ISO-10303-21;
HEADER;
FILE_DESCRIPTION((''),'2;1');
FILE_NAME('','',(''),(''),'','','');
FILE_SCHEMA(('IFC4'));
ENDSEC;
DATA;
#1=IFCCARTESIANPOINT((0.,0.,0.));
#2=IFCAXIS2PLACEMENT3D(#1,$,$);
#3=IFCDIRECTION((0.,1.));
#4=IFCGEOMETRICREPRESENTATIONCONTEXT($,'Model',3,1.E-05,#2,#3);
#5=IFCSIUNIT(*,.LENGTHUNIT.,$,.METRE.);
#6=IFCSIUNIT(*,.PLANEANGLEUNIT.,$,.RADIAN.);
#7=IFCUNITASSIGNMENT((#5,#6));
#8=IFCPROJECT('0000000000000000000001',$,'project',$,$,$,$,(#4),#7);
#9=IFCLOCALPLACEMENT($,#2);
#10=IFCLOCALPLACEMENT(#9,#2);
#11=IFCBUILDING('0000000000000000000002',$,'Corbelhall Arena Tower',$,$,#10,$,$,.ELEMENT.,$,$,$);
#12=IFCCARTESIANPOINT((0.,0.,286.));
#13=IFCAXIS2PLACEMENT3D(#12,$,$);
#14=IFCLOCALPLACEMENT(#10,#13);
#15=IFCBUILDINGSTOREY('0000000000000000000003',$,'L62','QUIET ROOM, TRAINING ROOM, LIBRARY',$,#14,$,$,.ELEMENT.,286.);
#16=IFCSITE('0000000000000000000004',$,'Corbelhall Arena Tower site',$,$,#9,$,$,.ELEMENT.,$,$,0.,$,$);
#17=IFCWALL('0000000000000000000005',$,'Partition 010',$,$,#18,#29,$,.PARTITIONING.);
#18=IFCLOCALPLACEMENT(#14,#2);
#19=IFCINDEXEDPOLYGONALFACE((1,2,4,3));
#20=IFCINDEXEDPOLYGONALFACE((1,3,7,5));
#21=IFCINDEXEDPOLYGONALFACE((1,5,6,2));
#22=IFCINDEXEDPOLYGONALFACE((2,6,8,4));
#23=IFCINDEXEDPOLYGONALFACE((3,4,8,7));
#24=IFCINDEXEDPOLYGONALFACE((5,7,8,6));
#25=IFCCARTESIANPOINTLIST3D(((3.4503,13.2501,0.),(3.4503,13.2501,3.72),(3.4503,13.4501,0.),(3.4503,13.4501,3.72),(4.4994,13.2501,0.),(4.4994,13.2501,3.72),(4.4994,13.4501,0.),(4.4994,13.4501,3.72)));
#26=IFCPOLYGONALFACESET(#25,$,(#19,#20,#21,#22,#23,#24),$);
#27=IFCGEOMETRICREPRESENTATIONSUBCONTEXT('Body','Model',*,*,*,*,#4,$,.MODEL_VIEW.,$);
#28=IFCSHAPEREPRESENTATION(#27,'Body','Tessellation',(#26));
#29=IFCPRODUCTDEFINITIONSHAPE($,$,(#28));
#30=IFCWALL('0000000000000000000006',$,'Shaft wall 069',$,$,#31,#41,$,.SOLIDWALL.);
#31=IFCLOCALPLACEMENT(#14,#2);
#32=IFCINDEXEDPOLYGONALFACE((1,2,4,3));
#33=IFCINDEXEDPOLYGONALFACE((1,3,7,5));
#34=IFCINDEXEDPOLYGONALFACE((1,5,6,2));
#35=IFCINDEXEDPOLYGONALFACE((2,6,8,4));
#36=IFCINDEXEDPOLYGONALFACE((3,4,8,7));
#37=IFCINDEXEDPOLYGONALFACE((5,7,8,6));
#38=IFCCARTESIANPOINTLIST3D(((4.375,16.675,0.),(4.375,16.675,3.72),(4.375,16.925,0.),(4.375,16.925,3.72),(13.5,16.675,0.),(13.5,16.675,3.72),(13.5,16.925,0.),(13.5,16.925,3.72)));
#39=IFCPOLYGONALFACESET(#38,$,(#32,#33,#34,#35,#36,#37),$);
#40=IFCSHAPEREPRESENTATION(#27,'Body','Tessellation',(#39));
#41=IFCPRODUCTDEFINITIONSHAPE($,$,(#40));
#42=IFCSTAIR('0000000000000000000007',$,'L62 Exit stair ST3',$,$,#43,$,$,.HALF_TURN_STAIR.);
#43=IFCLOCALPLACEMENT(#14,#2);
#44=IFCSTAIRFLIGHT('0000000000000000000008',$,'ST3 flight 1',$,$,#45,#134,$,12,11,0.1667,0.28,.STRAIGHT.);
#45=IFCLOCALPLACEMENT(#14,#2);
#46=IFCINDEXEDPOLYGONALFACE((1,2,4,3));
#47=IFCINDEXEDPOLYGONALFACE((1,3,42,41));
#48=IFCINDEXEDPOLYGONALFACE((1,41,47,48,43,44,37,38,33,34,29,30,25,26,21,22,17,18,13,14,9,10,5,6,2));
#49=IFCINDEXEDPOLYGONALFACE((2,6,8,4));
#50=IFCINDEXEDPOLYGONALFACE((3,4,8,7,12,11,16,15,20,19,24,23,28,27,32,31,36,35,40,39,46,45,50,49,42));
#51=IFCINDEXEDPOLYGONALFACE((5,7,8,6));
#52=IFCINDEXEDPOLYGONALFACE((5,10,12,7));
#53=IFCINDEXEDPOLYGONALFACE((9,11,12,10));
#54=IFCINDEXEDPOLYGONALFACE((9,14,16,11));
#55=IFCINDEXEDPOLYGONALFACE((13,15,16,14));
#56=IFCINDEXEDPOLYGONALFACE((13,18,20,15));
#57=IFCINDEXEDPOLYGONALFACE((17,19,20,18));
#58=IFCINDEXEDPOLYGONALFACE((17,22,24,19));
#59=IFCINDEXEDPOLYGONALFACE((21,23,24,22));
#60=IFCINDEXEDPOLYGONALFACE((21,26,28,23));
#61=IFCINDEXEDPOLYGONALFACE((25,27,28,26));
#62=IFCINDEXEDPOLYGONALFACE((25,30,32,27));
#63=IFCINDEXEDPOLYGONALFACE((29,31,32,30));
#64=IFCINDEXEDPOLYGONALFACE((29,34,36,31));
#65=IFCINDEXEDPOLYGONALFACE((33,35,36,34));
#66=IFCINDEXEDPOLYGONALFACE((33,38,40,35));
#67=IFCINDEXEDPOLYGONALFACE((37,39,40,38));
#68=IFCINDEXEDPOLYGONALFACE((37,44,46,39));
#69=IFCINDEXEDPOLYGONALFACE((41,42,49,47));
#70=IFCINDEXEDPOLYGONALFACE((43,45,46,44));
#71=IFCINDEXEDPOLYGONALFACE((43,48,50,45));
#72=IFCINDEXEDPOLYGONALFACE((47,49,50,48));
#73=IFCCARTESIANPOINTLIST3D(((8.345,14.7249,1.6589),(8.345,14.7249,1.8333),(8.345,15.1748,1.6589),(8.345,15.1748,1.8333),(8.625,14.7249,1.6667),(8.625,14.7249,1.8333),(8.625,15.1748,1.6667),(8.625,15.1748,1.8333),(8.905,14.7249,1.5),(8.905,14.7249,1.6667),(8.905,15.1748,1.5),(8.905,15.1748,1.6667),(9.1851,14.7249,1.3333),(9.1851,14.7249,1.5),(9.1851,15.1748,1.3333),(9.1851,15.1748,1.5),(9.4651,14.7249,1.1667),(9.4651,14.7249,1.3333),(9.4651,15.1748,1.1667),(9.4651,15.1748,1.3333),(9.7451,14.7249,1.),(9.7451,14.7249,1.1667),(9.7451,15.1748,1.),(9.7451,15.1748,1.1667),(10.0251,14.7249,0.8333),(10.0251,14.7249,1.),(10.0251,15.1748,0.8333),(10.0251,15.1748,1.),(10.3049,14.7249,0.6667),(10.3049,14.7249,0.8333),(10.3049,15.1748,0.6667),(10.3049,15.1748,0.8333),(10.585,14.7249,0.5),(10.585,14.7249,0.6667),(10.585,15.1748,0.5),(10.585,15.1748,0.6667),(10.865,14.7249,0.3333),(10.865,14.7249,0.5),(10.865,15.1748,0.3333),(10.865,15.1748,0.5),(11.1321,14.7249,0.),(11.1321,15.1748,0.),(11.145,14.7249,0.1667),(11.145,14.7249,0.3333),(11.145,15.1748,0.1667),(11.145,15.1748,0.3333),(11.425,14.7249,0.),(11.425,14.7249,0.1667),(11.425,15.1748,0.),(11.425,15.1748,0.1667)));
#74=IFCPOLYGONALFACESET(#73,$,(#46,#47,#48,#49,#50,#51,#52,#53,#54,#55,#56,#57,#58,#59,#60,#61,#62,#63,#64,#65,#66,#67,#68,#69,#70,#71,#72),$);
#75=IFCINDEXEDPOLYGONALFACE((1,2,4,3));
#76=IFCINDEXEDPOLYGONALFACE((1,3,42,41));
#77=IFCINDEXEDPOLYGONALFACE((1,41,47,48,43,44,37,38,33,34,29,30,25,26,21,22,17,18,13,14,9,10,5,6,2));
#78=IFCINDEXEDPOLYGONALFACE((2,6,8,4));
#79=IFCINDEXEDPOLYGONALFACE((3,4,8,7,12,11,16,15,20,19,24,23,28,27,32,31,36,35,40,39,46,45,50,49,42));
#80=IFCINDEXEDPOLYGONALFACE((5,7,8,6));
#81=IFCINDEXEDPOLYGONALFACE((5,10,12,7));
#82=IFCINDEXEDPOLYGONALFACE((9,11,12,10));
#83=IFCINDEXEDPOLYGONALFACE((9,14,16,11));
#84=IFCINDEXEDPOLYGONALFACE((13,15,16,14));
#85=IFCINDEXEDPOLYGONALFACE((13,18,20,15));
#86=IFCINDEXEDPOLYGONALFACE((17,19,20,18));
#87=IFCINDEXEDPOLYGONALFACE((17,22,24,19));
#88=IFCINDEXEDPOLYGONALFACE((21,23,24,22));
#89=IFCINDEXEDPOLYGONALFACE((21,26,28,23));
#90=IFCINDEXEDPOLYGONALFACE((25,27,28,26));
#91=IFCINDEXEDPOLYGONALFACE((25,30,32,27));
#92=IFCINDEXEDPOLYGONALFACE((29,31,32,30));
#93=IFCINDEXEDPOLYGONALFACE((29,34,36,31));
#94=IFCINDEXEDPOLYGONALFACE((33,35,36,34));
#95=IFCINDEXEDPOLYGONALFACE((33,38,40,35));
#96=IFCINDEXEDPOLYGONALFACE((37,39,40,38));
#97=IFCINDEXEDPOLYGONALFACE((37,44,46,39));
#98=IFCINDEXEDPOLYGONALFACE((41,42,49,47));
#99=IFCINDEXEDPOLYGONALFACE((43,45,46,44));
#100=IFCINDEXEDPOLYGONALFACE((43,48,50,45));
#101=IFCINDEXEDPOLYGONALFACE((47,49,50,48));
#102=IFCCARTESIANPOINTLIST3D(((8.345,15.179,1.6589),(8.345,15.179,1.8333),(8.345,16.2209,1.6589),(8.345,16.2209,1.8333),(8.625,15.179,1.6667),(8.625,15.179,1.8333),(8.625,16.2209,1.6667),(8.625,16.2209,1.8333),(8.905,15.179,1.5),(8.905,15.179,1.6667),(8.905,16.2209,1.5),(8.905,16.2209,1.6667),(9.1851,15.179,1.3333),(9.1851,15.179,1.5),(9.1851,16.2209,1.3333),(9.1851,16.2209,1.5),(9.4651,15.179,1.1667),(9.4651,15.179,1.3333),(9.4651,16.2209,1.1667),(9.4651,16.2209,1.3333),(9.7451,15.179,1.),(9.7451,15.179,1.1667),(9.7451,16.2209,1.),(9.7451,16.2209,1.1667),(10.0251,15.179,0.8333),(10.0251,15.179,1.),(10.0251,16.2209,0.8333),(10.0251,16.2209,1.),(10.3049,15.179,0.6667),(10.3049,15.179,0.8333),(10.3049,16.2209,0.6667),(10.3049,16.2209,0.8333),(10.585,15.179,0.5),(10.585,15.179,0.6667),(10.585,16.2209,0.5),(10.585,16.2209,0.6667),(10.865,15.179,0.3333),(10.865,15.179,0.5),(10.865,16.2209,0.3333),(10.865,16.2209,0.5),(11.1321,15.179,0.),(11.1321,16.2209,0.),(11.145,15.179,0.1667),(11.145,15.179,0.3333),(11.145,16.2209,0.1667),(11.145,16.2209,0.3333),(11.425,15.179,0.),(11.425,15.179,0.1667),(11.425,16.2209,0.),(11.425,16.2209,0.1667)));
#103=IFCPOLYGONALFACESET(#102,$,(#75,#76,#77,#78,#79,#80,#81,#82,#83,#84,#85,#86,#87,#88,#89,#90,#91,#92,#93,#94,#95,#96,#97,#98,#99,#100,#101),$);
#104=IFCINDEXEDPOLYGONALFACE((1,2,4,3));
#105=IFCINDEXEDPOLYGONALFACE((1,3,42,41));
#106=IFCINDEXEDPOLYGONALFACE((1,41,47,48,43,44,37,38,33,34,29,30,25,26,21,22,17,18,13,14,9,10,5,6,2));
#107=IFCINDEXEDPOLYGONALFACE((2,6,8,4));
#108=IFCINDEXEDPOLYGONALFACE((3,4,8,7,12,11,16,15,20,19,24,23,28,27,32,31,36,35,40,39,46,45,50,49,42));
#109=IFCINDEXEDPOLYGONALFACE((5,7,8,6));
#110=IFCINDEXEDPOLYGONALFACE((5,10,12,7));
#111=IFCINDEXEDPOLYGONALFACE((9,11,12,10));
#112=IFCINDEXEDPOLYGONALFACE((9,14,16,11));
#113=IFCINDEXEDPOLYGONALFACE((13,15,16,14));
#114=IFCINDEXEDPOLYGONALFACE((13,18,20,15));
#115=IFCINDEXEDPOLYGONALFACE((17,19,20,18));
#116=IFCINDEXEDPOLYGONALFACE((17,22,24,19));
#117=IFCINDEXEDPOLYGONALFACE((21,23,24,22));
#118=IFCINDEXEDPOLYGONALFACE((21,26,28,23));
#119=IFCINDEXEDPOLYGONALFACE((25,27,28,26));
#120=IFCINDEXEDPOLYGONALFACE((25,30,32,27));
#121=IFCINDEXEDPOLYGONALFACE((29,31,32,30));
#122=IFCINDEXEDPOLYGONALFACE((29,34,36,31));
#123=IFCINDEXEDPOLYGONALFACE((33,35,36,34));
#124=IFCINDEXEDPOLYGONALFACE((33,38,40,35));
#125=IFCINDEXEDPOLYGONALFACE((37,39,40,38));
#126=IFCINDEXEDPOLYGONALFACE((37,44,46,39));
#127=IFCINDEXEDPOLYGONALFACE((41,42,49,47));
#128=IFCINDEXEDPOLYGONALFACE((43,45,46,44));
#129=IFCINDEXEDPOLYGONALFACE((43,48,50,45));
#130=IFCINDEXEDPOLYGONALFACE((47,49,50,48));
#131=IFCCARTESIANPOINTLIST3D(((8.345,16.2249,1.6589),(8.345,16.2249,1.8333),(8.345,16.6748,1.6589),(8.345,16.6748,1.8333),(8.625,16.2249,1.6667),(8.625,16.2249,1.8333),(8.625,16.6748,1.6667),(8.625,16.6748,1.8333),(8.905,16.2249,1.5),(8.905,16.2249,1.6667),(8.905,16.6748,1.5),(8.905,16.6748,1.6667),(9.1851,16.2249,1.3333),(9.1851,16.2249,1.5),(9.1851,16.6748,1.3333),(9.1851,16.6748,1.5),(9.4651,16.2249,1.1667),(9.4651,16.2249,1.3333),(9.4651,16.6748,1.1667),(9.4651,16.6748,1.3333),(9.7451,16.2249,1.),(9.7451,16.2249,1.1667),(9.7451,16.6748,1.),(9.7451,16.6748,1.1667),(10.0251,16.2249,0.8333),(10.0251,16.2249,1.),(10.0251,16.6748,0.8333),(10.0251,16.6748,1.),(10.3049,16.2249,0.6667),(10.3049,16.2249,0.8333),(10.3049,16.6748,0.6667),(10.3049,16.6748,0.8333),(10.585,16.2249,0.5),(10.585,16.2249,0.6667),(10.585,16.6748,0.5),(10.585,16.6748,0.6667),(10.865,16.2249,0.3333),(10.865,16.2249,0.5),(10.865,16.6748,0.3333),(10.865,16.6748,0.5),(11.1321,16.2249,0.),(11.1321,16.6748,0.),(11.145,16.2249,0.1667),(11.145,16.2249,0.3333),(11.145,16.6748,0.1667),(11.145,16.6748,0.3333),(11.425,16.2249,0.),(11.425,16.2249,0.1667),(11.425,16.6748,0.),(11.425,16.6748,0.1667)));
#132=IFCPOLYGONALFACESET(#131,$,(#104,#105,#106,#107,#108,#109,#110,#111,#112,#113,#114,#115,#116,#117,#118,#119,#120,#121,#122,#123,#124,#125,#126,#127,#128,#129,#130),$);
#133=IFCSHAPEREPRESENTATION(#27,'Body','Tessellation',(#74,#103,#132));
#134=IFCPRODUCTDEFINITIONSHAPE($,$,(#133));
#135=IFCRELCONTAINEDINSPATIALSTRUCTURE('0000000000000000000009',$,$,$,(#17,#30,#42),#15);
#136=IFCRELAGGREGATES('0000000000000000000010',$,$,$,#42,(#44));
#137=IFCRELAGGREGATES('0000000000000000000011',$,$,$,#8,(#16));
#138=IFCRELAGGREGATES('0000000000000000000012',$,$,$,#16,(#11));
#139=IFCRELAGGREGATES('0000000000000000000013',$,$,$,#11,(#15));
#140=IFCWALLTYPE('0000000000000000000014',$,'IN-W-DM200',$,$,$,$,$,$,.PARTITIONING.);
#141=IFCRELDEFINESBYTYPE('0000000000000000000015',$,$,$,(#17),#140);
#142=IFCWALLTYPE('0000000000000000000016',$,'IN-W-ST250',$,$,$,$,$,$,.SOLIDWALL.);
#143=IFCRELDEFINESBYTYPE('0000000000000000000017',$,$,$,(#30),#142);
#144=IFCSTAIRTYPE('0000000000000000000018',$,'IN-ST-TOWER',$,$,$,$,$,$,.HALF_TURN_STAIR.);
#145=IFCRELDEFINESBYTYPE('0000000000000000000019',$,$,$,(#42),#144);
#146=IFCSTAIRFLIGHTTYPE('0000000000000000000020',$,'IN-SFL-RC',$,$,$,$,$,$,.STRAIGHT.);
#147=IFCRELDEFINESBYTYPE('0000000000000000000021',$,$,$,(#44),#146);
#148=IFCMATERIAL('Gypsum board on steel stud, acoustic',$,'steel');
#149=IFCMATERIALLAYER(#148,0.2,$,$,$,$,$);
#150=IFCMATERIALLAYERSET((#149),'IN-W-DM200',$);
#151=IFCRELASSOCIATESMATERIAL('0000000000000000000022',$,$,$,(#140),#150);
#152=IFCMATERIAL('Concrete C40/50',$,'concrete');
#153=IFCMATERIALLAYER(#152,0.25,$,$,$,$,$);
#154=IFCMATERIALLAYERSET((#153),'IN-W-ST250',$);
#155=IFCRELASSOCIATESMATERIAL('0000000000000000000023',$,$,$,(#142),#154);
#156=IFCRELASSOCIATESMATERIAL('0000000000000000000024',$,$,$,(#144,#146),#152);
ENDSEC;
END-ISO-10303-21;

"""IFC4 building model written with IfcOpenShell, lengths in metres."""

from ifc_helpers import new_model, si_unit, direction, frame, frame_2d, origin, place, context, subcontext, project, spatial, polyline, rectangle, outline, extrude, material, layer, layer_set, type_object, element, aggregate, save


model = new_model("IFC4")

# Units and contexts
model_context = context("Model", 3, precision=1e-05, world=origin(), true_north=direction((0.0, 1.0)))
body_context = subcontext(model_context, "Body", "Model", "MODEL_VIEW")
ifc_project = project(units=[si_unit("LENGTHUNIT", "METRE"), si_unit("PLANEANGLEUNIT", "RADIAN")], contexts=[model_context])

# Site, building, storey
site_placement = place(None, origin())
site = spatial("IfcSite", under=ifc_project, at=site_placement, Name="Corbelhall Arena Tower site", CompositionType="ELEMENT", RefElevation=0.0)
building_placement = place(site_placement, origin())
building = spatial("IfcBuilding", under=site, at=building_placement, Name="Corbelhall Arena Tower", CompositionType="ELEMENT")
storey_placement = place(building_placement, frame((0.0, 0.0, 286.0)))
storey = spatial("IfcBuildingStorey", under=building, at=storey_placement, Name="L62", Description="QUIET ROOM, TRAINING ROOM, LIBRARY", CompositionType="ELEMENT", Elevation=286.0)

# Walls
ifc_material_1 = material(Name="Gypsum board on steel stud, acoustic", Category="steel")
ifc_layer_1 = layer(ifc_material_1, 0.2)
ifc_layer_set_1 = layer_set([ifc_layer_1], Name="IN-W-DM200")
wall_type_1 = type_object("IfcWallType", Name="IN-W-DM200", PredefinedType="PARTITIONING", material=ifc_layer_set_1)
wall_1_placement = place(storey_placement, frame((3.4504, 13.3501, 0.0), z_axis=(0.0, 0.0, 1.0), x_axis=(1.0, 0.0, 0.0)))
element("IfcWall", 1, at=wall_1_placement, inside=storey, type_object=wall_type_1, Name="Partition 010", PredefinedType="PARTITIONING", context=body_context, shape_type="SweptSolid", body=[
    extrude(rectangle(XDim=1.0491, YDim=0.2, at=frame_2d((0.5244, 0.0))), origin(), (0.0, 0.0, 1.0), 3.72),
])
ifc_material_2 = material(Name="Concrete C40/50", Category="concrete")
ifc_layer_2 = layer(ifc_material_2, 0.25)
ifc_layer_set_2 = layer_set([ifc_layer_2], Name="IN-W-ST250")
wall_type_2 = type_object("IfcWallType", Name="IN-W-ST250", PredefinedType="SOLIDWALL", material=ifc_layer_set_2)
wall_2_placement = place(storey_placement, frame((4.375, 16.8, 0.0), z_axis=(0.0, 0.0, 1.0), x_axis=(1.0, 0.0, 0.0)))
element("IfcWall", 2, at=wall_2_placement, inside=storey, type_object=wall_type_2, Name="Shaft wall 069", PredefinedType="SOLIDWALL", context=body_context, shape_type="SweptSolid", body=[
    extrude(rectangle(XDim=9.125, YDim=0.25, at=frame_2d((4.5625, 0.0))), origin(), (0.0, 0.0, 1.0), 3.72),
])

# Stair, stair flight
stair_type = type_object("IfcStairType", Name="IN-ST-TOWER", PredefinedType="HALF_TURN_STAIR", material=ifc_material_2)
stair_placement = place(storey_placement, origin())
stair = element("IfcStair", 3, at=stair_placement, inside=storey, type_object=stair_type, Name="L62 Exit stair ST3", PredefinedType="HALF_TURN_STAIR")
stair_flight_type = type_object("IfcStairFlightType", Name="IN-SFL-RC", PredefinedType="STRAIGHT", material=ifc_material_2)
stair_flight_1_placement = place(storey_placement, frame((11.425, 15.7, 0.0), z_axis=(0.0, 0.0, 1.0), x_axis=(-1.0, 0.0, 0.0)))
stair_flight_1 = element("IfcStairFlight", 4, at=stair_flight_1_placement, type_object=stair_flight_type, Name="ST3 flight 1", NumberOfRisers=12, NumberOfTreads=11, PredefinedType="STRAIGHT", RiserHeight=0.1667, TreadLength=0.28, context=body_context, shape_type="SweptSolid", body=[
    extrude(outline(polyline([(0.0, 0.0), (0.0, 0.1667), (0.28, 0.1667), (0.28, 0.3333), (0.5601, 0.3333), (0.5601, 0.5), (0.8401, 0.5), (0.8401, 0.6667), (1.1201, 0.6667), (1.1201, 0.8333), (1.3999, 0.8333), (1.3999, 1.0), (1.6799, 1.0), (1.6799, 1.1667), (1.96, 1.1667), (1.96, 1.3333), (2.24, 1.3333), (2.24, 1.5), (2.52, 1.5), (2.52, 1.6667), (2.8, 1.6667), (2.8, 1.8333), (3.0801, 1.8333), (3.0801, 2.0), (3.0801, 1.6589), (0.293, 0.0), (0.0, 0.0)])), frame((0.0, 0.9751, 0.0), z_axis=(0.0, -1.0, 0.0), x_axis=(1.0, 0.0, 0.0)), (0.0, 0.0, 1.0), 0.45),
    extrude(outline(polyline([(0.0, 0.0), (0.0, 0.1667), (0.28, 0.1667), (0.28, 0.3333), (0.5601, 0.3333), (0.5601, 0.5), (0.8401, 0.5), (0.8401, 0.6667), (1.1201, 0.6667), (1.1201, 0.8333), (1.3999, 0.8333), (1.3999, 1.0), (1.6799, 1.0), (1.6799, 1.1667), (1.96, 1.1667), (1.96, 1.3333), (2.24, 1.3333), (2.24, 1.5), (2.52, 1.5), (2.52, 1.6667), (2.8, 1.6667), (2.8, 1.8333), (3.0801, 1.8333), (3.0801, 2.0), (3.0801, 1.6589), (0.293, 0.0), (0.0, 0.0)])), frame((0.0, 0.521, 0.0), z_axis=(0.0, -1.0, 0.0), x_axis=(1.0, 0.0, 0.0)), (0.0, 0.0, 1.0), 1.042),
    extrude(outline(polyline([(0.0, 0.0), (0.0, 0.1667), (0.28, 0.1667), (0.28, 0.3333), (0.5601, 0.3333), (0.5601, 0.5), (0.8401, 0.5), (0.8401, 0.6667), (1.1201, 0.6667), (1.1201, 0.8333), (1.3999, 0.8333), (1.3999, 1.0), (1.6799, 1.0), (1.6799, 1.1667), (1.96, 1.1667), (1.96, 1.3333), (2.24, 1.3333), (2.24, 1.5), (2.52, 1.5), (2.52, 1.6667), (2.8, 1.6667), (2.8, 1.8333), (3.0801, 1.8333), (3.0801, 2.0), (3.0801, 1.6589), (0.293, 0.0), (0.0, 0.0)])), frame((0.0, -0.5249, 0.0), z_axis=(0.0, -1.0, 0.0), x_axis=(1.0, 0.0, 0.0)), (0.0, 0.0, 1.0), 0.45),
])
aggregate(stair, [stair_flight_1])

save(model, "model.ifc")
